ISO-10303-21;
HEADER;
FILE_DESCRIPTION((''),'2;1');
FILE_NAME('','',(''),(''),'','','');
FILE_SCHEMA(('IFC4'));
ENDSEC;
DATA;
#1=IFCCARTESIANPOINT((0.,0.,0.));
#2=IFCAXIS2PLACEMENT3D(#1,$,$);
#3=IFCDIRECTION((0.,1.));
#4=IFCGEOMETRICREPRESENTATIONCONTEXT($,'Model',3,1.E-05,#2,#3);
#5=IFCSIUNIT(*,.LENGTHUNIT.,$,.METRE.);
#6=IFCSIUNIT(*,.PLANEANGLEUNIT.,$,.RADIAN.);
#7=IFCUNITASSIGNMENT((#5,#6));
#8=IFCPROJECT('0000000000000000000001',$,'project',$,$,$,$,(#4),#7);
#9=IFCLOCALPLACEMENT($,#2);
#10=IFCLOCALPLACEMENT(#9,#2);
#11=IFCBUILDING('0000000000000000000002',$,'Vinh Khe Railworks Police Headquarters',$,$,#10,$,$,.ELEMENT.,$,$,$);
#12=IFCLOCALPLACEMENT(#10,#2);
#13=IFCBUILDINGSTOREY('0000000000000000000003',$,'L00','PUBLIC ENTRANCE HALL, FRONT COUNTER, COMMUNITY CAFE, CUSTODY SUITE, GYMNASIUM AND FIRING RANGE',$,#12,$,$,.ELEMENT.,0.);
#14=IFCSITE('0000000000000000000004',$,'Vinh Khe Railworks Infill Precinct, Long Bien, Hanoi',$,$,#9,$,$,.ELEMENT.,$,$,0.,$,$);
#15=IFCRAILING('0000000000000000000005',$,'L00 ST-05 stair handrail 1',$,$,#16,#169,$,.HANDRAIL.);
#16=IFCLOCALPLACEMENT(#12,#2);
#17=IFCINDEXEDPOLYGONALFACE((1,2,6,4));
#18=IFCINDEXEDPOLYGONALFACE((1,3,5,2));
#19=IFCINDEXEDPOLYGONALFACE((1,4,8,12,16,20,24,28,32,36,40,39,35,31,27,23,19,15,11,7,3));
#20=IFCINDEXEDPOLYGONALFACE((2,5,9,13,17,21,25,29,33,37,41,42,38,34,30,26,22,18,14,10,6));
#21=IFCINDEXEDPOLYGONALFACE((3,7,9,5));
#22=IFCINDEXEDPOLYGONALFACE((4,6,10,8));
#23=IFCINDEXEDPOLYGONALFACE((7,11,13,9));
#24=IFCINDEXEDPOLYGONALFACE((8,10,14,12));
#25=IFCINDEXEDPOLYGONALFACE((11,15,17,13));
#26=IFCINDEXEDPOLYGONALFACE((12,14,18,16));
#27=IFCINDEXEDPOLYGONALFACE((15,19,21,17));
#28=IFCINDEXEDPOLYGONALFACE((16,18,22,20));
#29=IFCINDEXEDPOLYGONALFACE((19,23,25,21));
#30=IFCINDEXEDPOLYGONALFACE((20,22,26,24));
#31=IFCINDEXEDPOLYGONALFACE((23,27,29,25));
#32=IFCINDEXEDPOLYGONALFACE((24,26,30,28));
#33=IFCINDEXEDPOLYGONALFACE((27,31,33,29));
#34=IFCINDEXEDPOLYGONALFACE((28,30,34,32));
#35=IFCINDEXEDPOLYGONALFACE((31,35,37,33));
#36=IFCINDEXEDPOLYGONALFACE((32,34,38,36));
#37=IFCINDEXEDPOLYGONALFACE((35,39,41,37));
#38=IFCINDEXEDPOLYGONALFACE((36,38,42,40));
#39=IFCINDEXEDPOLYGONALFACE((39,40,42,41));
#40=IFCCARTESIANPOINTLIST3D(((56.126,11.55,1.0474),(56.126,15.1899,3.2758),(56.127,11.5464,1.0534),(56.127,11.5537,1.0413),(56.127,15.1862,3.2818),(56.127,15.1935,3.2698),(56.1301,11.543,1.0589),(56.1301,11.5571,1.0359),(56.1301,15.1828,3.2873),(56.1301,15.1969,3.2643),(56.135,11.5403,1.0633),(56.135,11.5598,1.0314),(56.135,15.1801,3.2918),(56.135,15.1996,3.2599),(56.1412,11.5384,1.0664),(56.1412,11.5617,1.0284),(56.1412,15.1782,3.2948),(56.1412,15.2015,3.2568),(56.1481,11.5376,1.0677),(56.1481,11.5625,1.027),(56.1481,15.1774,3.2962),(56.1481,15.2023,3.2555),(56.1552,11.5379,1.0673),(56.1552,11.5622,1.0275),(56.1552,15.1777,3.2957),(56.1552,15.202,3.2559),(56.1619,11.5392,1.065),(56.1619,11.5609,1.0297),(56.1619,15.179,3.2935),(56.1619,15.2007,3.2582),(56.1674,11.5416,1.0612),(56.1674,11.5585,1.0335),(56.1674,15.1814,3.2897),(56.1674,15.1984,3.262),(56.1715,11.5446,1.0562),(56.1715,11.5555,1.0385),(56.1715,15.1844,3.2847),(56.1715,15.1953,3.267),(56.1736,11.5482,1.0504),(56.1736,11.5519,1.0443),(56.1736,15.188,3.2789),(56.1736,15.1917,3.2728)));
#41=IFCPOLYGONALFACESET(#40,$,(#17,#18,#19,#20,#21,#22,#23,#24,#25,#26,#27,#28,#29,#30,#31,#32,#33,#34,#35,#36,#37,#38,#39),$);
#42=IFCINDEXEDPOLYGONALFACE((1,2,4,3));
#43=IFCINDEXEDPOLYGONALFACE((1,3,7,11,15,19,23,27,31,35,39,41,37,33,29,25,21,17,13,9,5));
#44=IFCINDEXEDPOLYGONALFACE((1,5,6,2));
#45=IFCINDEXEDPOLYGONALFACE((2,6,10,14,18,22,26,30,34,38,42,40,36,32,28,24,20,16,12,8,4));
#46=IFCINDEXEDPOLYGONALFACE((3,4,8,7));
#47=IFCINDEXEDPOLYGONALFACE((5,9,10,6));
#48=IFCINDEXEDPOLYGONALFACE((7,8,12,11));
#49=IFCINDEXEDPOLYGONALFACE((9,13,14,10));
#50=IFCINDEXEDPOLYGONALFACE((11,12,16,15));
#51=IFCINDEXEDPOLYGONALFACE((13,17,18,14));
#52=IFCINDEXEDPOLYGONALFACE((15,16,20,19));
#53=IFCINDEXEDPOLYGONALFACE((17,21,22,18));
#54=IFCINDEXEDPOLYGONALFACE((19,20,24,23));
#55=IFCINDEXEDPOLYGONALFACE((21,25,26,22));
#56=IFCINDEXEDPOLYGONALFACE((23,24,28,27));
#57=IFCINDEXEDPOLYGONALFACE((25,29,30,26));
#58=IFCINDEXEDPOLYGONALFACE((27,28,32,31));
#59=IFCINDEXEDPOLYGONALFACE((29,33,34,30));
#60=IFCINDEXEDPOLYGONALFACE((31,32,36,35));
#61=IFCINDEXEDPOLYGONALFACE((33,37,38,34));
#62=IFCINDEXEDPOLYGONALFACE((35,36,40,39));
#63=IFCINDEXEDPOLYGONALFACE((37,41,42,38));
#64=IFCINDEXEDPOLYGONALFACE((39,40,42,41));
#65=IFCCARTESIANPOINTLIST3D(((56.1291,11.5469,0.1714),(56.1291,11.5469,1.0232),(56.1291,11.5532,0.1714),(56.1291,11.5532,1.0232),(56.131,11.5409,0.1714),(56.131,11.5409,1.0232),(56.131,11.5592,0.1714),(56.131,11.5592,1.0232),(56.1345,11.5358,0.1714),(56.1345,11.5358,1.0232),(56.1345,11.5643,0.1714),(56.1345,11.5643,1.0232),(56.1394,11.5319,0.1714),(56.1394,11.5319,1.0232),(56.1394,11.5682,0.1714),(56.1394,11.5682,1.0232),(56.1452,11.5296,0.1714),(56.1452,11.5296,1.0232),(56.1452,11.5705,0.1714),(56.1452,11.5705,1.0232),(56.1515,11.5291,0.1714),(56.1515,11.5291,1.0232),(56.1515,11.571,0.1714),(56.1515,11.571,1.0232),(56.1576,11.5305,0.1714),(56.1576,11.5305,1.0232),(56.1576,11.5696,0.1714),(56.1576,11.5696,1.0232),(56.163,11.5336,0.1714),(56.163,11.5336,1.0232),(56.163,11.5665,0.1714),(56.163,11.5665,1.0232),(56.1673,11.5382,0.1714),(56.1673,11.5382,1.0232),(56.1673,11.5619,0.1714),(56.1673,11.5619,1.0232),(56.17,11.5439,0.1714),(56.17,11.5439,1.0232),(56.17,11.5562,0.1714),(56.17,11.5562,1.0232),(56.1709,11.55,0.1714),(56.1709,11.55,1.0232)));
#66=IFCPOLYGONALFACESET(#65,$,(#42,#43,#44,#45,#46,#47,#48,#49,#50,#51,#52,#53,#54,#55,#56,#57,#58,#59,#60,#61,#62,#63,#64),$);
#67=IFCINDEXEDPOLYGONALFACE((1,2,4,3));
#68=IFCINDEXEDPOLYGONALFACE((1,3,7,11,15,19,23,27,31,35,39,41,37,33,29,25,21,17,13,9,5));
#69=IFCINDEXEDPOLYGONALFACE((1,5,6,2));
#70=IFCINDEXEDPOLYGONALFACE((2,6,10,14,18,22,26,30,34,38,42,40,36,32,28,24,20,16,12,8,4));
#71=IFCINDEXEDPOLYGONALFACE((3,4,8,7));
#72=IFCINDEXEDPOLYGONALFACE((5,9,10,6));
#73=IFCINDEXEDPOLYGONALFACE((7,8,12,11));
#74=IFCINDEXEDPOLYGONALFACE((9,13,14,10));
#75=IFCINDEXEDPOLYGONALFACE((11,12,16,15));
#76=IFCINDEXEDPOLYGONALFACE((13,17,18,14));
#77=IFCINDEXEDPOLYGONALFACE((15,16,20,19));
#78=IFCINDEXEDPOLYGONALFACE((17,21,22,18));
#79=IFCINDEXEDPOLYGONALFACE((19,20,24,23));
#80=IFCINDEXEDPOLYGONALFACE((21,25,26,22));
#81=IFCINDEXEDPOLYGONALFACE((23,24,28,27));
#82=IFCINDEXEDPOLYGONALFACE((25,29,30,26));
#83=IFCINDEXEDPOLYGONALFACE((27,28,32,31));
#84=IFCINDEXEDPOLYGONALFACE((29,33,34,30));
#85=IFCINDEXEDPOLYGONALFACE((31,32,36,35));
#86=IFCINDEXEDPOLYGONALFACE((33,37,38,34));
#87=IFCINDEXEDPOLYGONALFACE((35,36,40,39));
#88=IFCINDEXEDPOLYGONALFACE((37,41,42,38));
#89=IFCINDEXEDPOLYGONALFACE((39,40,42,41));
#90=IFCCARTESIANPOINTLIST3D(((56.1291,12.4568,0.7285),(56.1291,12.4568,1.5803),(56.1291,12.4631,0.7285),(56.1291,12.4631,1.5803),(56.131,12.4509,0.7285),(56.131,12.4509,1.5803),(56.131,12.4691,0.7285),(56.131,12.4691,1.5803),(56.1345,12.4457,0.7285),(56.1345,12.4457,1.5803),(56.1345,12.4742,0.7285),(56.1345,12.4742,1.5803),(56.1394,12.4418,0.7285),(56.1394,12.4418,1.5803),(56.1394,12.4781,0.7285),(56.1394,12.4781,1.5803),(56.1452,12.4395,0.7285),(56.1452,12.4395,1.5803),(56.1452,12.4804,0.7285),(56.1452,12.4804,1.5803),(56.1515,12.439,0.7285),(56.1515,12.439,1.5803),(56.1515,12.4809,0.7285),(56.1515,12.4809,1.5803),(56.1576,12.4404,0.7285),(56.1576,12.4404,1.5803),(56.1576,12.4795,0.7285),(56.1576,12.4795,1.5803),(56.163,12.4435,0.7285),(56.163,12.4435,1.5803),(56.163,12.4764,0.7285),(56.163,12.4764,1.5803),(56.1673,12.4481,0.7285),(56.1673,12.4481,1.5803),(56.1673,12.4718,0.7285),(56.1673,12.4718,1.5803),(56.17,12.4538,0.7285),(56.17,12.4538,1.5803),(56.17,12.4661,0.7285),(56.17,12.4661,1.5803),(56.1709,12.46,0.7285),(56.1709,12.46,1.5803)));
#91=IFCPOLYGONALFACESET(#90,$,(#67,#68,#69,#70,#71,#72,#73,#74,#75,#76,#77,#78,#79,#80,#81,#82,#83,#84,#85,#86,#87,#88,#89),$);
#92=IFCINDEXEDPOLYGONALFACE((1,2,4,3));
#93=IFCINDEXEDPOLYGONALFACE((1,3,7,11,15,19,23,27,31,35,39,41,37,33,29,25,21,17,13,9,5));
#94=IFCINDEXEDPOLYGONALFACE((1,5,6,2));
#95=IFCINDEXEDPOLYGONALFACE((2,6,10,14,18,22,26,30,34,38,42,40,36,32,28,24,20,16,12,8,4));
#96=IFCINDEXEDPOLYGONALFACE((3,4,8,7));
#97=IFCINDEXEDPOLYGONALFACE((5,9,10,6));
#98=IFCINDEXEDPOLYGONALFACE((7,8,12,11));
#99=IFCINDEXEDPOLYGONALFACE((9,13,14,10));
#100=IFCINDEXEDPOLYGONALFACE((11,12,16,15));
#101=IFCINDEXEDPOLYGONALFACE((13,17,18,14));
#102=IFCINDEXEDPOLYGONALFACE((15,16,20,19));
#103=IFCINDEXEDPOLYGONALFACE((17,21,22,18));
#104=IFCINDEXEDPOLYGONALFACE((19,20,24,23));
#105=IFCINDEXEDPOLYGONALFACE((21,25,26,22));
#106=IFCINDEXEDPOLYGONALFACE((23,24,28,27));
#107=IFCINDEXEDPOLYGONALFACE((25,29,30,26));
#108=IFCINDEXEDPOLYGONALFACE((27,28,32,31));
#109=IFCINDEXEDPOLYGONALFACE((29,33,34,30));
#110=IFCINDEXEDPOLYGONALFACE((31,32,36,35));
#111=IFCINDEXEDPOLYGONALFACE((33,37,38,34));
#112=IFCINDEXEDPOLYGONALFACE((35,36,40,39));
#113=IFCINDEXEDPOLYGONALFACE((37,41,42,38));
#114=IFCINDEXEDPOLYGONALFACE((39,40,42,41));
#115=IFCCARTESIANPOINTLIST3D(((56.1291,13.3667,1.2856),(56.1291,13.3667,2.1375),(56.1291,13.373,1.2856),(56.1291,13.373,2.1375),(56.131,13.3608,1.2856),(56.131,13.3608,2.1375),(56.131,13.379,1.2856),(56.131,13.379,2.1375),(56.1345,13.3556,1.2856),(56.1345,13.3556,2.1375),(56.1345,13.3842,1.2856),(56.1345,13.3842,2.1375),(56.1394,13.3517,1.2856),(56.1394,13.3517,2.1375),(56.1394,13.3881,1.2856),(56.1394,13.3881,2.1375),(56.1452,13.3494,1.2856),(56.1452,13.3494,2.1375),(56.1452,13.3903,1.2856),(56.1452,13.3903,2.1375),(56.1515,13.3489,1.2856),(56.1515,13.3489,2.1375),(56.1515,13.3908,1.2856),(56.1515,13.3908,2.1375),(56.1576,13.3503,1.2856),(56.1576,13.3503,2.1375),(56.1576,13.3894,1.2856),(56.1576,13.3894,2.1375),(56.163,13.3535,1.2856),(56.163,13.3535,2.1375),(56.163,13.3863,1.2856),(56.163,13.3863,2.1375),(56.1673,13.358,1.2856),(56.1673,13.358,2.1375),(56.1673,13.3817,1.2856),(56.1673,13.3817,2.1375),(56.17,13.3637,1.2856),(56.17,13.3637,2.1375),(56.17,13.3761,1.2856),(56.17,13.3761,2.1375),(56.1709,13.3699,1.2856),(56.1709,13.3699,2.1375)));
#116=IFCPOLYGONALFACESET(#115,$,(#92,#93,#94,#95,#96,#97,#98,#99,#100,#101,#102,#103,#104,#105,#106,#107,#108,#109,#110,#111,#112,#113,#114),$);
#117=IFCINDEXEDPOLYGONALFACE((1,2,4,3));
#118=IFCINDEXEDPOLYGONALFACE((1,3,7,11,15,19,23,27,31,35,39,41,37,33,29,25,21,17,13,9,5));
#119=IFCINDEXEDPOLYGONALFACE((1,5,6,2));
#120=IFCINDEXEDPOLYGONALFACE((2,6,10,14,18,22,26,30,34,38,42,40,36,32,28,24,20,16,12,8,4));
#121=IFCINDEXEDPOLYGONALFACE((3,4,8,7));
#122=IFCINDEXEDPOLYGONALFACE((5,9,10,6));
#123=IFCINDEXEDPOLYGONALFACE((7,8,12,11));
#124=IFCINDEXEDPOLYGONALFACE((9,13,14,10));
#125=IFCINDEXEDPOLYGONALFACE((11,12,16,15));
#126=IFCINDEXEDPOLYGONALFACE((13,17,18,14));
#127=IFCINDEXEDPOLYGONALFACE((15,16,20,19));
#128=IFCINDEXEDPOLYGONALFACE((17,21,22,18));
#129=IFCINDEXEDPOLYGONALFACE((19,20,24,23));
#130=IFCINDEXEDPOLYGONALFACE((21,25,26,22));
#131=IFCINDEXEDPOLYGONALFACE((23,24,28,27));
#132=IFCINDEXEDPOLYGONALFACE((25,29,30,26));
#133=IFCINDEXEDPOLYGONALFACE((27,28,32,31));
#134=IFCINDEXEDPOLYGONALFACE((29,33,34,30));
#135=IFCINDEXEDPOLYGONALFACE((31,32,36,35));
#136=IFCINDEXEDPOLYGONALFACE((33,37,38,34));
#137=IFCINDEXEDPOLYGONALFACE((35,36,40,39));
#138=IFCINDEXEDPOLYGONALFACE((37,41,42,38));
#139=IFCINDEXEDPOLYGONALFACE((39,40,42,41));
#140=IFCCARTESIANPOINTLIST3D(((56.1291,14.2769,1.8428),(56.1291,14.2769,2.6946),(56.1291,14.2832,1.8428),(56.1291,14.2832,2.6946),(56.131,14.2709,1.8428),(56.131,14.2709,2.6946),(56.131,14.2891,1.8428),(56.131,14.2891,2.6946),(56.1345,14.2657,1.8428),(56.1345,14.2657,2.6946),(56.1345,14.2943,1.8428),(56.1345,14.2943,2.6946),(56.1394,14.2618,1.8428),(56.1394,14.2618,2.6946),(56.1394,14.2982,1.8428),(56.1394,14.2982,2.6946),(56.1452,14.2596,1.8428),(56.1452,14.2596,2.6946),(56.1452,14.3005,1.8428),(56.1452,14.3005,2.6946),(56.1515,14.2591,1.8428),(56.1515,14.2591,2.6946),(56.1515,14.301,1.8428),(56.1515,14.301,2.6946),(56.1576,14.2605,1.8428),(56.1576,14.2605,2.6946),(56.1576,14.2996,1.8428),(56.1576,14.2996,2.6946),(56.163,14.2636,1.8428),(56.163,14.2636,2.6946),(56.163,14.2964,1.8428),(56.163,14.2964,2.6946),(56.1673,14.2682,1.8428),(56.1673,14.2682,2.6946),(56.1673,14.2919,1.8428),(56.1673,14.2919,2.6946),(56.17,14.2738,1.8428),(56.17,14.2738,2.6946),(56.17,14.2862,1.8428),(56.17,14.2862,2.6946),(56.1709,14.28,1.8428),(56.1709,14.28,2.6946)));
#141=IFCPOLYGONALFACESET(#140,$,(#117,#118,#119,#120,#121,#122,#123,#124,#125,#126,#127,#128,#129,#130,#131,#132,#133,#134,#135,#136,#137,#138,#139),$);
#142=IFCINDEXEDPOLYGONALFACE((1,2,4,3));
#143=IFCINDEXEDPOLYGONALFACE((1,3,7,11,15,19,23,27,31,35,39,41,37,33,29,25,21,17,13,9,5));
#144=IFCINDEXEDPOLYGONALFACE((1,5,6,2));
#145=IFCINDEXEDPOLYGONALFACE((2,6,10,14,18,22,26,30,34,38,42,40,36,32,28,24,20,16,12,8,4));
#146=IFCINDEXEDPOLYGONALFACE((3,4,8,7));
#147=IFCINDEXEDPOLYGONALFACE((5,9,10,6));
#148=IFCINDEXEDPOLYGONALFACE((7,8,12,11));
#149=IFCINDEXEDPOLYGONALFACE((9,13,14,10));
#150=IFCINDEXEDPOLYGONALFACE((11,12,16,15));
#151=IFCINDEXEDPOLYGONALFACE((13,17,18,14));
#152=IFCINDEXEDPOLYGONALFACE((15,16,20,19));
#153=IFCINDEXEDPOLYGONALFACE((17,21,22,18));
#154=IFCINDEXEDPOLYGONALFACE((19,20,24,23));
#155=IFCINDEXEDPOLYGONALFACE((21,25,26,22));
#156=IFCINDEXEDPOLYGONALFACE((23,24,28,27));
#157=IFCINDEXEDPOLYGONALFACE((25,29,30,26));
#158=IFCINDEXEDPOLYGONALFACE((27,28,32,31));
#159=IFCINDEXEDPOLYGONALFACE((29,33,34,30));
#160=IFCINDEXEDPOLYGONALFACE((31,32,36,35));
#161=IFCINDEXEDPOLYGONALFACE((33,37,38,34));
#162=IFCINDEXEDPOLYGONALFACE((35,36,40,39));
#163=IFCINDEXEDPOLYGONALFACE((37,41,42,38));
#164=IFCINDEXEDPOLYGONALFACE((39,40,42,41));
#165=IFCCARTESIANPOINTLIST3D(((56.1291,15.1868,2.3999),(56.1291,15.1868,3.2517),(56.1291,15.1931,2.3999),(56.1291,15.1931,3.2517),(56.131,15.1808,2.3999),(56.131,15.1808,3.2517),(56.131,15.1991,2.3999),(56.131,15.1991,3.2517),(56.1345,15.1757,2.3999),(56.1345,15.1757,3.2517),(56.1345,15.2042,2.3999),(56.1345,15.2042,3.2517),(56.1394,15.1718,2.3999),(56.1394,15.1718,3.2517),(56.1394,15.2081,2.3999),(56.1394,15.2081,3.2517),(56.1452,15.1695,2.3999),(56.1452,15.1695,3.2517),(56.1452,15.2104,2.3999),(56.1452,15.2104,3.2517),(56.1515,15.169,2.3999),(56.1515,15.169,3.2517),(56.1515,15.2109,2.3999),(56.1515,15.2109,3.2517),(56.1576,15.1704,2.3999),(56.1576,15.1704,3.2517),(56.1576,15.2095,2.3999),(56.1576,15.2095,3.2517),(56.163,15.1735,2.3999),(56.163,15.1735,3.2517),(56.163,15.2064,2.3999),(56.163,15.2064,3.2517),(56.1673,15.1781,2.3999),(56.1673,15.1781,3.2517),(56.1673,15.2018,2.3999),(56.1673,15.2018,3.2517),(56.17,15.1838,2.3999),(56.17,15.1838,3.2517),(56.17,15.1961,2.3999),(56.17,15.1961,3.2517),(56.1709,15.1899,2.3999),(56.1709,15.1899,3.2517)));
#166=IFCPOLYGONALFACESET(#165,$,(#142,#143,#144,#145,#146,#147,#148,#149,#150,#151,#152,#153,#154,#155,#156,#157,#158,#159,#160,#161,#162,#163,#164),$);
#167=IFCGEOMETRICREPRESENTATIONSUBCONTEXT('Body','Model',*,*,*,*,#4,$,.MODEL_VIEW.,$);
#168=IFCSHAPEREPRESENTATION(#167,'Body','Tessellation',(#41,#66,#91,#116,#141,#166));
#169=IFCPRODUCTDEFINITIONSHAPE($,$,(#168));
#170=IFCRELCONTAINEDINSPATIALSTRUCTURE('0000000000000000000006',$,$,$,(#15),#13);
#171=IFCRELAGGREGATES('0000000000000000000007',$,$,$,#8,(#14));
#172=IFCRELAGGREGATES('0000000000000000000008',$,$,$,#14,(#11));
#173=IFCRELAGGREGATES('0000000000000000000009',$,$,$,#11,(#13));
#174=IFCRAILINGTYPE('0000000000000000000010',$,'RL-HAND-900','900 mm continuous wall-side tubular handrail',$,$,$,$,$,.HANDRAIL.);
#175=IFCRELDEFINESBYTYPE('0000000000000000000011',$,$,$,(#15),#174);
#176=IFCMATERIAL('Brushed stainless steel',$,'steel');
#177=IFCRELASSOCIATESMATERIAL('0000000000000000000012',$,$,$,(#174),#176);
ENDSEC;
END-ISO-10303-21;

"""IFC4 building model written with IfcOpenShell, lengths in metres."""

from ifc_helpers import new_model, si_unit, direction, frame, origin, origin_2d, place, context, subcontext, project, spatial, circle, extrude, material, type_object, element, save


model = new_model("IFC4")

# Units and contexts
model_context = context("Model", 3, precision=1e-05, world=origin(), true_north=direction((0.0, 1.0)))
body_context = subcontext(model_context, "Body", "Model", "MODEL_VIEW")
ifc_project = project(units=[si_unit("LENGTHUNIT", "METRE"), si_unit("PLANEANGLEUNIT", "RADIAN")], contexts=[model_context])

# Site, building, storey
site_placement = place(None, origin())
site = spatial("IfcSite", under=ifc_project, at=site_placement, Name="Vinh Khe Railworks Infill Precinct, Long Bien, Hanoi", CompositionType="ELEMENT", RefElevation=0.0)
building_placement = place(site_placement, origin())
building = spatial("IfcBuilding", under=site, at=building_placement, Name="Vinh Khe Railworks Police Headquarters", CompositionType="ELEMENT")
storey_placement = place(building_placement, origin())
storey = spatial("IfcBuildingStorey", under=building, at=storey_placement, Name="L00", Description="PUBLIC ENTRANCE HALL, FRONT COUNTER, COMMUNITY CAFE, CUSTODY SUITE, GYMNASIUM AND FIRING RANGE", CompositionType="ELEMENT", Elevation=0.0)

# Railing
ifc_material_1 = material(Name="Brushed stainless steel", Category="steel")
railing_type_1 = type_object("IfcRailingType", Name="RL-HAND-900", Description="900 mm continuous wall-side tubular handrail", PredefinedType="HANDRAIL", material=ifc_material_1)
railing_1_placement = place(storey_placement, frame((56.1499, 11.55, 0.1714)))
element("IfcRailing", 1, at=railing_1_placement, inside=storey, type_object=railing_type_1, Name="L00 ST-05 stair handrail 1", PredefinedType="HANDRAIL", context=body_context, shape_type="SweptSolid", body=[
    extrude(circle(Radius=0.0239, at=origin_2d()), frame((0.0, 0.0, 0.876), z_axis=(0.0, 0.85285, 0.522156), x_axis=(-1.0, 0.0, 0.0)), (0.0, 0.0, 1.0), 4.2678),
    extrude(circle(Radius=0.021, at=origin_2d()), origin(), (0.0, 0.0, 1.0), 0.8518),
    extrude(circle(Radius=0.021, at=origin_2d()), frame((0.0, 0.9099, 0.5571)), (0.0, 0.0, 1.0), 0.8518),
    extrude(circle(Radius=0.021, at=origin_2d()), frame((0.0, 1.8198, 1.1143)), (0.0, 0.0, 1.0), 0.8518),
    extrude(circle(Radius=0.021, at=origin_2d()), frame((0.0, 2.73, 1.6714)), (0.0, 0.0, 1.0), 0.8518),
    extrude(circle(Radius=0.021, at=origin_2d()), frame((0.0, 3.6399, 2.2285)), (0.0, 0.0, 1.0), 0.8518),
])

save(model, "model.ifc")
